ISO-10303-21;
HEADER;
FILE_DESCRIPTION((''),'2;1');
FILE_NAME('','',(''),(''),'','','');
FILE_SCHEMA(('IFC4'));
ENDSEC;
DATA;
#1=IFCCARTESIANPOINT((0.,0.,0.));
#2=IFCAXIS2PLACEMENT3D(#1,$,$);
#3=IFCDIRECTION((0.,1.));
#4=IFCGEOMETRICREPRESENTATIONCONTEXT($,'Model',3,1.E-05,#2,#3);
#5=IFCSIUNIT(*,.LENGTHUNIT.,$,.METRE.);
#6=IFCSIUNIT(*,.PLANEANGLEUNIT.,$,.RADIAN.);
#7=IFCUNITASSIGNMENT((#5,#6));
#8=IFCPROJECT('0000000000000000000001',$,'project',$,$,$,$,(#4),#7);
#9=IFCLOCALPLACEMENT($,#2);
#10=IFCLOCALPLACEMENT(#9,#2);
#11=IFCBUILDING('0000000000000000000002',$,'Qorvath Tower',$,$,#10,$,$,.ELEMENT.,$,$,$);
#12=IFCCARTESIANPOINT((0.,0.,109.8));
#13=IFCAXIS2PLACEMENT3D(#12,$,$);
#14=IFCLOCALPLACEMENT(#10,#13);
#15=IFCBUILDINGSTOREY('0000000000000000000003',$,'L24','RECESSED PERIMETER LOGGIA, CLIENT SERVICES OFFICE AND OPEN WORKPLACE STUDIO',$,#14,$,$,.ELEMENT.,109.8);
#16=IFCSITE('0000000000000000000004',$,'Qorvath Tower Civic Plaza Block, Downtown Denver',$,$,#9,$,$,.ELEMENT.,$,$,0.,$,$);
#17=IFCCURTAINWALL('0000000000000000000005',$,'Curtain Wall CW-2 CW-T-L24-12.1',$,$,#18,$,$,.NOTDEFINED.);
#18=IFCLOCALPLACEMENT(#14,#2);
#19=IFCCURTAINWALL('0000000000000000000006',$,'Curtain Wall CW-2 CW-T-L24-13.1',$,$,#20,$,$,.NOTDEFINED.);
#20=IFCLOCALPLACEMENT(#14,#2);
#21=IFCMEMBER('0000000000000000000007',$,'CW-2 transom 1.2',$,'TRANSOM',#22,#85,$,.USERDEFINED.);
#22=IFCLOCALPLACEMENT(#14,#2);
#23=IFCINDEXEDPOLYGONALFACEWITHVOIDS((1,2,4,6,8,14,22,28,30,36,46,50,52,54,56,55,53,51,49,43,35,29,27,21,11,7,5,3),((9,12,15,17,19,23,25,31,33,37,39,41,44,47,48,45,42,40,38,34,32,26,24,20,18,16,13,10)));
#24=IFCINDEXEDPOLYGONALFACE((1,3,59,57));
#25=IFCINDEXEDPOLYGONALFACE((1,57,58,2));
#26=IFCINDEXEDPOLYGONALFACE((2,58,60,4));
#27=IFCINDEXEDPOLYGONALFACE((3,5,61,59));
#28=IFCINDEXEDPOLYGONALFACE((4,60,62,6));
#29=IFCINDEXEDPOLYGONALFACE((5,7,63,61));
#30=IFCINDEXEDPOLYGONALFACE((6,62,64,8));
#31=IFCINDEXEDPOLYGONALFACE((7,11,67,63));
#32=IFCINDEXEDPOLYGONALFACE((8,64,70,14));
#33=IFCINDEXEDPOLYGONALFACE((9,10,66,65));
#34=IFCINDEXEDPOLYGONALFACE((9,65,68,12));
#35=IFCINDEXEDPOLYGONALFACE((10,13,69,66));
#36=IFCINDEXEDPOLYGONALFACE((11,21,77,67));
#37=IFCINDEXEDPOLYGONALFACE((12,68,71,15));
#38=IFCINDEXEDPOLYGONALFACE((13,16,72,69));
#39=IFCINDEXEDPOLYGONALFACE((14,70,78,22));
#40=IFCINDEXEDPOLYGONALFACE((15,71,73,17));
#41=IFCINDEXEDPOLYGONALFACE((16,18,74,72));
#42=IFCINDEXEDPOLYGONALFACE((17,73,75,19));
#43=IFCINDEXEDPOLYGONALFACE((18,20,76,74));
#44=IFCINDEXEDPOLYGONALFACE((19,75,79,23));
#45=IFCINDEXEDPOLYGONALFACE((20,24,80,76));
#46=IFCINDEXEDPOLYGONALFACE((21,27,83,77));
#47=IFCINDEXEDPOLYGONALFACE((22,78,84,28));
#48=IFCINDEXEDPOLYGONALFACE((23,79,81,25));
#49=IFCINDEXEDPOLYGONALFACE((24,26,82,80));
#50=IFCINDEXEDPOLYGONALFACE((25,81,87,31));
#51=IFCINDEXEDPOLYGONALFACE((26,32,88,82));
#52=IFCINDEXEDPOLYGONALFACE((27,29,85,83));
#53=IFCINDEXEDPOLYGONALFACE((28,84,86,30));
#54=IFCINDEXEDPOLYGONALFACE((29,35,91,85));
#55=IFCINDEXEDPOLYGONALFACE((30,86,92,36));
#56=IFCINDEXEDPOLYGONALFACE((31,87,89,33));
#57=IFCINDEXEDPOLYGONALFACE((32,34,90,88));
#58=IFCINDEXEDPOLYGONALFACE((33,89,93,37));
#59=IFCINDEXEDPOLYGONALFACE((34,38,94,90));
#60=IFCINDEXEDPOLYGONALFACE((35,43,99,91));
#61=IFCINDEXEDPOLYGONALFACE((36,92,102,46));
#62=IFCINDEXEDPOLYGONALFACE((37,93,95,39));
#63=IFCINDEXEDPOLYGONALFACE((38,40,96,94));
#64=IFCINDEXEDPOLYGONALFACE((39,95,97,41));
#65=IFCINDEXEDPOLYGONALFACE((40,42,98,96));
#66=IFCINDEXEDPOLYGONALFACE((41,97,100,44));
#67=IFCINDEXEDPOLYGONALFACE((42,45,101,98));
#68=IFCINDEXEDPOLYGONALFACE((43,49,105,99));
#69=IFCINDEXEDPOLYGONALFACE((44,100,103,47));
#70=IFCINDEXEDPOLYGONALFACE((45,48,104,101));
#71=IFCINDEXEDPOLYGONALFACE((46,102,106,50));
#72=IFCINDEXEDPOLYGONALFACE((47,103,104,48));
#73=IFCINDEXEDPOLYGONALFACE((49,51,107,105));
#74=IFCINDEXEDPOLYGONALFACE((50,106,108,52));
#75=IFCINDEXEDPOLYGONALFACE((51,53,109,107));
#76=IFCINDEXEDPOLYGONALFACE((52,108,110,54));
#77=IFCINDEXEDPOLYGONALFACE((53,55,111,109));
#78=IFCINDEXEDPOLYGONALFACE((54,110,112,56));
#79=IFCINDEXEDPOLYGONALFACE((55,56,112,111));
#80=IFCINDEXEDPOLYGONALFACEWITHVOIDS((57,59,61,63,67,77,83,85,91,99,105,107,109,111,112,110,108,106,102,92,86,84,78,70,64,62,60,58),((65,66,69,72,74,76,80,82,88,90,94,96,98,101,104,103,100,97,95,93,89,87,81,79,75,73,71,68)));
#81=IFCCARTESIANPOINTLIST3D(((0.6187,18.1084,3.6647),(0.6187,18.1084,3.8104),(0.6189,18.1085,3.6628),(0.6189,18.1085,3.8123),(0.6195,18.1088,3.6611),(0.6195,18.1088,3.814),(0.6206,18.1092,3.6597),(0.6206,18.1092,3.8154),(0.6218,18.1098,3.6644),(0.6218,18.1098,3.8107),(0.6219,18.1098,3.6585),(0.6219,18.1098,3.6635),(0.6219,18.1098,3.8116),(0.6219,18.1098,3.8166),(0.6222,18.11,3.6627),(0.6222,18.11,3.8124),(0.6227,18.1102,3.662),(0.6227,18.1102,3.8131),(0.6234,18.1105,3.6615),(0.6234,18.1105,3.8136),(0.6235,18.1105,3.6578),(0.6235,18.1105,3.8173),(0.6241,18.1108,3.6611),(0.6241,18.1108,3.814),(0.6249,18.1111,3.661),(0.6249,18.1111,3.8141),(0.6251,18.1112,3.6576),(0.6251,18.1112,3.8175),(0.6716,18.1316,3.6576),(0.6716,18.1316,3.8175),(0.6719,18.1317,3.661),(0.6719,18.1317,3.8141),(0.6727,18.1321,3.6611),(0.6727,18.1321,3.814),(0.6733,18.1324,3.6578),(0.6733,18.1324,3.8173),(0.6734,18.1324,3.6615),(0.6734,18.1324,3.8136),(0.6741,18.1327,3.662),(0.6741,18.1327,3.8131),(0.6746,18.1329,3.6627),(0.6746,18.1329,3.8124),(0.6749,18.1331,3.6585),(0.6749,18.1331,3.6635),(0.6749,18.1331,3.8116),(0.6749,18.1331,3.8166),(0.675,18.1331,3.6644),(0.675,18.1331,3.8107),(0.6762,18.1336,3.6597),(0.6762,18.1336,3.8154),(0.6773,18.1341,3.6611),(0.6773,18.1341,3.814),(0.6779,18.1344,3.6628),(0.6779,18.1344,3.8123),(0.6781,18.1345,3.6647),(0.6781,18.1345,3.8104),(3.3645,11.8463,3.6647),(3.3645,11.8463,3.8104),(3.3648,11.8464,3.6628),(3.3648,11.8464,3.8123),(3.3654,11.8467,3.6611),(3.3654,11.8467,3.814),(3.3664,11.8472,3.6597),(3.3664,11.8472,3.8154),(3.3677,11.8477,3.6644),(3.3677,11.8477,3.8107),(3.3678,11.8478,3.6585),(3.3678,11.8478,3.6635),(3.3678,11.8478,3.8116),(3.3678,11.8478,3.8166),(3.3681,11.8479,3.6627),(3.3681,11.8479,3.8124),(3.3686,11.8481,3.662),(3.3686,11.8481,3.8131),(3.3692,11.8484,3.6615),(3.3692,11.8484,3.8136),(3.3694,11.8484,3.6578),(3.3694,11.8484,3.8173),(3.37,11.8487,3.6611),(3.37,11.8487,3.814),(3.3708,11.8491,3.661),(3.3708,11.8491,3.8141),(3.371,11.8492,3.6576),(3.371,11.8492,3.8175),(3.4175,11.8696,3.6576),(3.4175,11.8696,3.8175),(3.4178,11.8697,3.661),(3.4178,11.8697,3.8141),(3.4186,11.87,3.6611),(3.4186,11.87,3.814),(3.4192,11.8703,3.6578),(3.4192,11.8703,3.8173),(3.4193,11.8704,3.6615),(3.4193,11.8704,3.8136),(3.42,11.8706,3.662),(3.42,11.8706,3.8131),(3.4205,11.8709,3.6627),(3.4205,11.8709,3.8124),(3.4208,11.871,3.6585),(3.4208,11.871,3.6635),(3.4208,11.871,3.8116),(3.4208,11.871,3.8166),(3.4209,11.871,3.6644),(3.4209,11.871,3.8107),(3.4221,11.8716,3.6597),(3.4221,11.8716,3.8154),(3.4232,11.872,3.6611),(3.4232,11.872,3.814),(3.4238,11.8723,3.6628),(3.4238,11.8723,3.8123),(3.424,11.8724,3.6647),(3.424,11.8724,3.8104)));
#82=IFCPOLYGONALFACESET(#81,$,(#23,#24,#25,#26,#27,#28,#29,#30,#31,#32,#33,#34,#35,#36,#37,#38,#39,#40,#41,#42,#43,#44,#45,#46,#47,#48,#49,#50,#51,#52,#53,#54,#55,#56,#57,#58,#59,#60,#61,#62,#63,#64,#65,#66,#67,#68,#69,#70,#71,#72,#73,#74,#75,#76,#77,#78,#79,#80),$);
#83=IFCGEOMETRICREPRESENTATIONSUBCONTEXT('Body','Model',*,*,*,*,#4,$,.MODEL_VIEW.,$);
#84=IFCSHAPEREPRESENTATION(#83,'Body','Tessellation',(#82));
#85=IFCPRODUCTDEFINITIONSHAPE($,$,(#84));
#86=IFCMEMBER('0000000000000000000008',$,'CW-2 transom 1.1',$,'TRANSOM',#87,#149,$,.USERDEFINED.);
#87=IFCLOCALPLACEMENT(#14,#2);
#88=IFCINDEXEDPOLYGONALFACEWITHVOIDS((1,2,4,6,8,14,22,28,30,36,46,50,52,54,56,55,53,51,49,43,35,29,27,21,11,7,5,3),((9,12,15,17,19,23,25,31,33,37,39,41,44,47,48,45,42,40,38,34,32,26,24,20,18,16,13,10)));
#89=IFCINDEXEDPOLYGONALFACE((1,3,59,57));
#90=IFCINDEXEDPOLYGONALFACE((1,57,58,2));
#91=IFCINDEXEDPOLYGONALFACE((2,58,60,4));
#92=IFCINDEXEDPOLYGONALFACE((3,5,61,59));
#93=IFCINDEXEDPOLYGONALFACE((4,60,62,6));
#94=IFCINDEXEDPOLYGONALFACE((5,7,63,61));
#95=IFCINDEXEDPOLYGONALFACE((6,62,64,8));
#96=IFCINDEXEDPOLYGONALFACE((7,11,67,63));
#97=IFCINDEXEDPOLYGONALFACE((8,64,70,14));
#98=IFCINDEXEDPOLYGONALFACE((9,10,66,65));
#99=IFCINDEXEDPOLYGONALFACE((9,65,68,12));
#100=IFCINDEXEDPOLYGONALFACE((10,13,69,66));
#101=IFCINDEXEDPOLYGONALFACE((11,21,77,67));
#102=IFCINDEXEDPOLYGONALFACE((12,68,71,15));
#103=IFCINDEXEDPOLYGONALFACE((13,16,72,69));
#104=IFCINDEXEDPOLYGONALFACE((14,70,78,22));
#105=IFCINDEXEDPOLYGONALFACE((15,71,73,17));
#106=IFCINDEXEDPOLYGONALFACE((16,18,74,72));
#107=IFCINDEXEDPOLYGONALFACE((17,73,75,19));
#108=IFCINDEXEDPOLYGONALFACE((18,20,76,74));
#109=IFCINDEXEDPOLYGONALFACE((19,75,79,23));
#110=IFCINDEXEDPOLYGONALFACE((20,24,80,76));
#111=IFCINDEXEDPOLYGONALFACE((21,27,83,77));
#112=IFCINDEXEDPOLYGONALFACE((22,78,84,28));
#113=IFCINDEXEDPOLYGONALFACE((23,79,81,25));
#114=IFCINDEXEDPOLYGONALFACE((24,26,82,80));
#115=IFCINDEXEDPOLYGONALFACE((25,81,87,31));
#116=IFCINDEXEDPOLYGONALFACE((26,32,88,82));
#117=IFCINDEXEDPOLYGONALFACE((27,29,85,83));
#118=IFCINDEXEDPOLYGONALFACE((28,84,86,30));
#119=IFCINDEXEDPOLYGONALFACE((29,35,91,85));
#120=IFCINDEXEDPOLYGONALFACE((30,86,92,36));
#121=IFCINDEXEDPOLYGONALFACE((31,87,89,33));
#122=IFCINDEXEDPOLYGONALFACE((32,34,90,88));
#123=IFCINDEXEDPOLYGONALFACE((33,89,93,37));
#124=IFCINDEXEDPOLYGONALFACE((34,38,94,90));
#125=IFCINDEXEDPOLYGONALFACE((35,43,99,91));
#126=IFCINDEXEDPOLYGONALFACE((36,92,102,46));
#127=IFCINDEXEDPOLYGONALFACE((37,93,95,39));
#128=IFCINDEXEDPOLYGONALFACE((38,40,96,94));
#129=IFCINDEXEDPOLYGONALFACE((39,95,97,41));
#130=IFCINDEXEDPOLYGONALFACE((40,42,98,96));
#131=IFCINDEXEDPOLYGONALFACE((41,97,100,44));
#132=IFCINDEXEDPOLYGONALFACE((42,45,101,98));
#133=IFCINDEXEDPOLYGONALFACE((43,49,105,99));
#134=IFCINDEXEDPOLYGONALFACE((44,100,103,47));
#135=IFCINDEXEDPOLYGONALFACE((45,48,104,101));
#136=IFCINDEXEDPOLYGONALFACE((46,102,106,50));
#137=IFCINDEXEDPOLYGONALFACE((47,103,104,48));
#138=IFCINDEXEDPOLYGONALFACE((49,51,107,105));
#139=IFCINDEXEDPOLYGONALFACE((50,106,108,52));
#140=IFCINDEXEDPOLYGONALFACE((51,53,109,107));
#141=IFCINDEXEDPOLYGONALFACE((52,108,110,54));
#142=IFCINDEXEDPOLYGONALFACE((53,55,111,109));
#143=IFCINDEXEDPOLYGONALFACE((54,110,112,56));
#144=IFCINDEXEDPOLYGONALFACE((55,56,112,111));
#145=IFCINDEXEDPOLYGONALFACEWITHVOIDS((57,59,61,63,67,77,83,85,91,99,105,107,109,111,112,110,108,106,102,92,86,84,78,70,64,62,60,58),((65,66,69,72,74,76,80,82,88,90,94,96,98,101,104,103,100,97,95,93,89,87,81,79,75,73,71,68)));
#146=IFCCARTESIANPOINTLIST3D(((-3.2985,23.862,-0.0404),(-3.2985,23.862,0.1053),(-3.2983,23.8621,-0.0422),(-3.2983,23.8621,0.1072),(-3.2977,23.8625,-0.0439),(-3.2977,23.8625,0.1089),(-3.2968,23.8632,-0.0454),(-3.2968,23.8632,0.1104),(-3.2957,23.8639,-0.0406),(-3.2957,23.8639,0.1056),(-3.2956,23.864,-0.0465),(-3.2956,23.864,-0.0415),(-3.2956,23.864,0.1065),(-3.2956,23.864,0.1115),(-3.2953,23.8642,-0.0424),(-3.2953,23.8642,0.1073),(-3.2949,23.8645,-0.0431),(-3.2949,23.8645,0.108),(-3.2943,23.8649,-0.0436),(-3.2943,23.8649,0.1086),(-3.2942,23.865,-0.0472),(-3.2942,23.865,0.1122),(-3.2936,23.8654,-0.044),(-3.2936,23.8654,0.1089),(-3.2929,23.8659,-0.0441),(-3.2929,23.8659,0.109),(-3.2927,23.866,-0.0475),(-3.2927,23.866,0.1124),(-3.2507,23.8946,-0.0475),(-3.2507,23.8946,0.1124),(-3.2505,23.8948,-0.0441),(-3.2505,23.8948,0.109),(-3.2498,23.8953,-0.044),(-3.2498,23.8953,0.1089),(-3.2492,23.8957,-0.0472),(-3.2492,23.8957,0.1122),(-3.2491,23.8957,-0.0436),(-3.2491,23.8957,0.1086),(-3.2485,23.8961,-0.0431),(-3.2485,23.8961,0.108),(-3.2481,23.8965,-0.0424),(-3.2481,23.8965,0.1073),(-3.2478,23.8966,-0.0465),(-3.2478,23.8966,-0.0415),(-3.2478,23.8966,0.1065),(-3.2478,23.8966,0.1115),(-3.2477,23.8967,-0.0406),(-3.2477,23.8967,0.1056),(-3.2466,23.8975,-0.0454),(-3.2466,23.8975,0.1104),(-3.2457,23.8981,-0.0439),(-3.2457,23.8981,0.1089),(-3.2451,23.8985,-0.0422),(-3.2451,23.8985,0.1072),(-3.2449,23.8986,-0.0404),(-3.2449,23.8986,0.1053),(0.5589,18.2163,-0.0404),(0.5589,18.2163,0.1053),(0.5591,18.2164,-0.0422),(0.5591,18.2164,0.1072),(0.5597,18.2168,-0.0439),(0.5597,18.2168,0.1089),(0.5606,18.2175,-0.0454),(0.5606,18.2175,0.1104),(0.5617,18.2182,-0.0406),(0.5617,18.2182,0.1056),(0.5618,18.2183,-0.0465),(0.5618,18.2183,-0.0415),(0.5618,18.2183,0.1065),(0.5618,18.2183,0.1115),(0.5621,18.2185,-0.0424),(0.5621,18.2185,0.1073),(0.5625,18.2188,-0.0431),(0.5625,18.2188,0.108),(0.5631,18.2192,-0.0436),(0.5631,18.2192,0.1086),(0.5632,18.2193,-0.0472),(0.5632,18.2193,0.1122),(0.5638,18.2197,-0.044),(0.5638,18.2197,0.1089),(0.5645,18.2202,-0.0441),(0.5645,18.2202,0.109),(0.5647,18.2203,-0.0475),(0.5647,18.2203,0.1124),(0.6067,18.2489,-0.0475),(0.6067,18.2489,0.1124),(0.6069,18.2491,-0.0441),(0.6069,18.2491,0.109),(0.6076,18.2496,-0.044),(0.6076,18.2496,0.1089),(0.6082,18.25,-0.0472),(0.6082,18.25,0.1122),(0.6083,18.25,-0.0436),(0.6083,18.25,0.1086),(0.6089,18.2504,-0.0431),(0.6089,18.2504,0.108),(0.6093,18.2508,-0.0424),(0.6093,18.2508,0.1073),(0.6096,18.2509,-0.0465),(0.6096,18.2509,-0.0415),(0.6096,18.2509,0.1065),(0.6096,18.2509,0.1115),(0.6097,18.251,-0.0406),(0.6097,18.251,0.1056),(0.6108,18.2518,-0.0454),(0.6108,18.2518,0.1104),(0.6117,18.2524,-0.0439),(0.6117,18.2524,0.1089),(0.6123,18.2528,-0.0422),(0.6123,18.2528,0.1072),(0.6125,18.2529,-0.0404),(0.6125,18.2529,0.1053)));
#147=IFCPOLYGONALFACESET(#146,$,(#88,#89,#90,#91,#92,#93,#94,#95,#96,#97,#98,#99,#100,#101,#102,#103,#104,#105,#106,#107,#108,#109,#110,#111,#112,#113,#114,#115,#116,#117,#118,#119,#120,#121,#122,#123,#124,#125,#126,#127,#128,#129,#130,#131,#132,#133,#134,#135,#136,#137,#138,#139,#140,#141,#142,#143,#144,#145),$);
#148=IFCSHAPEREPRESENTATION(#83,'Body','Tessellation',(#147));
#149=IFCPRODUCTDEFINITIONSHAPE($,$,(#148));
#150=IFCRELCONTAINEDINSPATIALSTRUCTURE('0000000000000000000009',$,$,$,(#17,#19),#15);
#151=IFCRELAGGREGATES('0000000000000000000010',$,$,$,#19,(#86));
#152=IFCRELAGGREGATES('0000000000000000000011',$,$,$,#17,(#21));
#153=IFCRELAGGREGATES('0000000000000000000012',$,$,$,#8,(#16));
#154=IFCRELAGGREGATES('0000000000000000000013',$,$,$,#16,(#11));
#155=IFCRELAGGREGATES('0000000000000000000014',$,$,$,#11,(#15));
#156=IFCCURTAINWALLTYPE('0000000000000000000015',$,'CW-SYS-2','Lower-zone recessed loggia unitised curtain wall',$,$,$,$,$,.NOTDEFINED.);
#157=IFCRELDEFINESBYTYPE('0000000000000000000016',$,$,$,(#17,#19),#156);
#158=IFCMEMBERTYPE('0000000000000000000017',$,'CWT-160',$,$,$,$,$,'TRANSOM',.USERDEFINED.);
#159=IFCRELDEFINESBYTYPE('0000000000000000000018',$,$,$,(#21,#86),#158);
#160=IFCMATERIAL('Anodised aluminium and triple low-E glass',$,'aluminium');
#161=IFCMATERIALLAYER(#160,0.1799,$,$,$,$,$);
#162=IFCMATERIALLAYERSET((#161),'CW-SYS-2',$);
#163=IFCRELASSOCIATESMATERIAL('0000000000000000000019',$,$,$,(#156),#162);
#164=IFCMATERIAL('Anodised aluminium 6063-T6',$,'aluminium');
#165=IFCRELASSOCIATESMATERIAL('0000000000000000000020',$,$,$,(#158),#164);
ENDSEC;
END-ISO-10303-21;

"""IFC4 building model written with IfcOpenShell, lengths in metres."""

from ifc_helpers import new_model, si_unit, direction, frame, origin, origin_2d, place, context, subcontext, project, spatial, hollow_rectangle, extrude, material, layer, layer_set, material_profile, profile_set, type_object, element, aggregate, save


model = new_model("IFC4")

# Units and contexts
model_context = context("Model", 3, precision=1e-05, world=origin(), true_north=direction((0.0, 1.0)))
body_context = subcontext(model_context, "Body", "Model", "MODEL_VIEW")
ifc_project = project(units=[si_unit("LENGTHUNIT", "METRE"), si_unit("PLANEANGLEUNIT", "RADIAN")], contexts=[model_context])

# Site, building, storey
site_placement = place(None, origin())
site = spatial("IfcSite", under=ifc_project, at=site_placement, Name="Qorvath Tower Civic Plaza Block, Downtown Denver", CompositionType="ELEMENT", RefElevation=0.0)
building_placement = place(site_placement, origin())
building = spatial("IfcBuilding", under=site, at=building_placement, Name="Qorvath Tower", CompositionType="ELEMENT")
storey_placement = place(building_placement, frame((0.0, 0.0, 109.8)))
storey = spatial("IfcBuildingStorey", under=building, at=storey_placement, Name="L24", Description="RECESSED PERIMETER LOGGIA, CLIENT SERVICES OFFICE AND OPEN WORKPLACE STUDIO", CompositionType="ELEMENT", Elevation=109.8)

# Curtain wall
ifc_material_1 = material(Name="Anodised aluminium and triple low-E glass", Category="aluminium")
ifc_layer_1 = layer(ifc_material_1, 0.1799)
ifc_layer_set_1 = layer_set([ifc_layer_1], Name="CW-SYS-2")
curtain_wall_type = type_object("IfcCurtainWallType", Name="CW-SYS-2", Description="Lower-zone recessed loggia unitised curtain wall", PredefinedType="NOTDEFINED", material=ifc_layer_set_1)
curtain_wall_1_placement = place(storey_placement, origin())
curtain_wall_1 = element("IfcCurtainWall", 1, at=curtain_wall_1_placement, inside=storey, type_object=curtain_wall_type, Name="Curtain Wall CW-2 CW-T-L24-12.1", PredefinedType="NOTDEFINED")

# Curtain wall
curtain_wall_2_placement = place(storey_placement, origin())
curtain_wall_2 = element("IfcCurtainWall", 2, at=curtain_wall_2_placement, inside=storey, type_object=curtain_wall_type, Name="Curtain Wall CW-2 CW-T-L24-13.1", PredefinedType="NOTDEFINED")

# Members
ifc_material_2 = material(Name="Anodised aluminium 6063-T6", Category="aluminium")
ifc_material_profile_1 = material_profile(ifc_material_2, hollow_rectangle(XDim=0.0649, YDim=0.1599, WallThickness=0.0034, InnerFilletRadius=0.0034, OuterFilletRadius=0.0071, at=origin_2d()), Name="CWT 160x65")
ifc_profile_set_1 = profile_set([ifc_material_profile_1], Name="Anodised aluminium 6063-T6")
member_type_1 = type_object("IfcMemberType", Name="CWT-160", ElementType="TRANSOM", PredefinedType="USERDEFINED", material=ifc_profile_set_1)
member_1_placement = place(storey_placement, frame((3.3943, 11.8594, 3.7375), z_axis=(-0.401585, 0.915822, 0.0), x_axis=(-0.915822, -0.401585, 0.0)))
member_1 = element("IfcMember", 3, at=member_1_placement, type_object=member_type_1, Name="CW-2 transom 1.2", ObjectType="TRANSOM", PredefinedType="USERDEFINED", context=body_context, shape_type="SweptSolid", body=[
    extrude(hollow_rectangle(XDim=0.0649, YDim=0.1599, WallThickness=0.0034, InnerFilletRadius=0.0034, OuterFilletRadius=0.0071, at=origin_2d()), origin(), (0.0, 0.0, 1.0), 6.8376),
])
member_2_placement = place(storey_placement, frame((0.5857, 18.2346, 0.0325), z_axis=(-0.56414, 0.825679, 0.0), x_axis=(-0.825679, -0.56414, 0.0)))
member_2 = element("IfcMember", 4, at=member_2_placement, type_object=member_type_1, Name="CW-2 transom 1.1", ObjectType="TRANSOM", PredefinedType="USERDEFINED", context=body_context, shape_type="SweptSolid", body=[
    extrude(hollow_rectangle(XDim=0.0649, YDim=0.1599, WallThickness=0.0034, InnerFilletRadius=0.0034, OuterFilletRadius=0.0071, at=origin_2d()), origin(), (0.0, 0.0, 1.0), 6.8376),
])
aggregate(curtain_wall_2, [member_2])

aggregate(curtain_wall_1, [member_1])

save(model, "model.ifc")
